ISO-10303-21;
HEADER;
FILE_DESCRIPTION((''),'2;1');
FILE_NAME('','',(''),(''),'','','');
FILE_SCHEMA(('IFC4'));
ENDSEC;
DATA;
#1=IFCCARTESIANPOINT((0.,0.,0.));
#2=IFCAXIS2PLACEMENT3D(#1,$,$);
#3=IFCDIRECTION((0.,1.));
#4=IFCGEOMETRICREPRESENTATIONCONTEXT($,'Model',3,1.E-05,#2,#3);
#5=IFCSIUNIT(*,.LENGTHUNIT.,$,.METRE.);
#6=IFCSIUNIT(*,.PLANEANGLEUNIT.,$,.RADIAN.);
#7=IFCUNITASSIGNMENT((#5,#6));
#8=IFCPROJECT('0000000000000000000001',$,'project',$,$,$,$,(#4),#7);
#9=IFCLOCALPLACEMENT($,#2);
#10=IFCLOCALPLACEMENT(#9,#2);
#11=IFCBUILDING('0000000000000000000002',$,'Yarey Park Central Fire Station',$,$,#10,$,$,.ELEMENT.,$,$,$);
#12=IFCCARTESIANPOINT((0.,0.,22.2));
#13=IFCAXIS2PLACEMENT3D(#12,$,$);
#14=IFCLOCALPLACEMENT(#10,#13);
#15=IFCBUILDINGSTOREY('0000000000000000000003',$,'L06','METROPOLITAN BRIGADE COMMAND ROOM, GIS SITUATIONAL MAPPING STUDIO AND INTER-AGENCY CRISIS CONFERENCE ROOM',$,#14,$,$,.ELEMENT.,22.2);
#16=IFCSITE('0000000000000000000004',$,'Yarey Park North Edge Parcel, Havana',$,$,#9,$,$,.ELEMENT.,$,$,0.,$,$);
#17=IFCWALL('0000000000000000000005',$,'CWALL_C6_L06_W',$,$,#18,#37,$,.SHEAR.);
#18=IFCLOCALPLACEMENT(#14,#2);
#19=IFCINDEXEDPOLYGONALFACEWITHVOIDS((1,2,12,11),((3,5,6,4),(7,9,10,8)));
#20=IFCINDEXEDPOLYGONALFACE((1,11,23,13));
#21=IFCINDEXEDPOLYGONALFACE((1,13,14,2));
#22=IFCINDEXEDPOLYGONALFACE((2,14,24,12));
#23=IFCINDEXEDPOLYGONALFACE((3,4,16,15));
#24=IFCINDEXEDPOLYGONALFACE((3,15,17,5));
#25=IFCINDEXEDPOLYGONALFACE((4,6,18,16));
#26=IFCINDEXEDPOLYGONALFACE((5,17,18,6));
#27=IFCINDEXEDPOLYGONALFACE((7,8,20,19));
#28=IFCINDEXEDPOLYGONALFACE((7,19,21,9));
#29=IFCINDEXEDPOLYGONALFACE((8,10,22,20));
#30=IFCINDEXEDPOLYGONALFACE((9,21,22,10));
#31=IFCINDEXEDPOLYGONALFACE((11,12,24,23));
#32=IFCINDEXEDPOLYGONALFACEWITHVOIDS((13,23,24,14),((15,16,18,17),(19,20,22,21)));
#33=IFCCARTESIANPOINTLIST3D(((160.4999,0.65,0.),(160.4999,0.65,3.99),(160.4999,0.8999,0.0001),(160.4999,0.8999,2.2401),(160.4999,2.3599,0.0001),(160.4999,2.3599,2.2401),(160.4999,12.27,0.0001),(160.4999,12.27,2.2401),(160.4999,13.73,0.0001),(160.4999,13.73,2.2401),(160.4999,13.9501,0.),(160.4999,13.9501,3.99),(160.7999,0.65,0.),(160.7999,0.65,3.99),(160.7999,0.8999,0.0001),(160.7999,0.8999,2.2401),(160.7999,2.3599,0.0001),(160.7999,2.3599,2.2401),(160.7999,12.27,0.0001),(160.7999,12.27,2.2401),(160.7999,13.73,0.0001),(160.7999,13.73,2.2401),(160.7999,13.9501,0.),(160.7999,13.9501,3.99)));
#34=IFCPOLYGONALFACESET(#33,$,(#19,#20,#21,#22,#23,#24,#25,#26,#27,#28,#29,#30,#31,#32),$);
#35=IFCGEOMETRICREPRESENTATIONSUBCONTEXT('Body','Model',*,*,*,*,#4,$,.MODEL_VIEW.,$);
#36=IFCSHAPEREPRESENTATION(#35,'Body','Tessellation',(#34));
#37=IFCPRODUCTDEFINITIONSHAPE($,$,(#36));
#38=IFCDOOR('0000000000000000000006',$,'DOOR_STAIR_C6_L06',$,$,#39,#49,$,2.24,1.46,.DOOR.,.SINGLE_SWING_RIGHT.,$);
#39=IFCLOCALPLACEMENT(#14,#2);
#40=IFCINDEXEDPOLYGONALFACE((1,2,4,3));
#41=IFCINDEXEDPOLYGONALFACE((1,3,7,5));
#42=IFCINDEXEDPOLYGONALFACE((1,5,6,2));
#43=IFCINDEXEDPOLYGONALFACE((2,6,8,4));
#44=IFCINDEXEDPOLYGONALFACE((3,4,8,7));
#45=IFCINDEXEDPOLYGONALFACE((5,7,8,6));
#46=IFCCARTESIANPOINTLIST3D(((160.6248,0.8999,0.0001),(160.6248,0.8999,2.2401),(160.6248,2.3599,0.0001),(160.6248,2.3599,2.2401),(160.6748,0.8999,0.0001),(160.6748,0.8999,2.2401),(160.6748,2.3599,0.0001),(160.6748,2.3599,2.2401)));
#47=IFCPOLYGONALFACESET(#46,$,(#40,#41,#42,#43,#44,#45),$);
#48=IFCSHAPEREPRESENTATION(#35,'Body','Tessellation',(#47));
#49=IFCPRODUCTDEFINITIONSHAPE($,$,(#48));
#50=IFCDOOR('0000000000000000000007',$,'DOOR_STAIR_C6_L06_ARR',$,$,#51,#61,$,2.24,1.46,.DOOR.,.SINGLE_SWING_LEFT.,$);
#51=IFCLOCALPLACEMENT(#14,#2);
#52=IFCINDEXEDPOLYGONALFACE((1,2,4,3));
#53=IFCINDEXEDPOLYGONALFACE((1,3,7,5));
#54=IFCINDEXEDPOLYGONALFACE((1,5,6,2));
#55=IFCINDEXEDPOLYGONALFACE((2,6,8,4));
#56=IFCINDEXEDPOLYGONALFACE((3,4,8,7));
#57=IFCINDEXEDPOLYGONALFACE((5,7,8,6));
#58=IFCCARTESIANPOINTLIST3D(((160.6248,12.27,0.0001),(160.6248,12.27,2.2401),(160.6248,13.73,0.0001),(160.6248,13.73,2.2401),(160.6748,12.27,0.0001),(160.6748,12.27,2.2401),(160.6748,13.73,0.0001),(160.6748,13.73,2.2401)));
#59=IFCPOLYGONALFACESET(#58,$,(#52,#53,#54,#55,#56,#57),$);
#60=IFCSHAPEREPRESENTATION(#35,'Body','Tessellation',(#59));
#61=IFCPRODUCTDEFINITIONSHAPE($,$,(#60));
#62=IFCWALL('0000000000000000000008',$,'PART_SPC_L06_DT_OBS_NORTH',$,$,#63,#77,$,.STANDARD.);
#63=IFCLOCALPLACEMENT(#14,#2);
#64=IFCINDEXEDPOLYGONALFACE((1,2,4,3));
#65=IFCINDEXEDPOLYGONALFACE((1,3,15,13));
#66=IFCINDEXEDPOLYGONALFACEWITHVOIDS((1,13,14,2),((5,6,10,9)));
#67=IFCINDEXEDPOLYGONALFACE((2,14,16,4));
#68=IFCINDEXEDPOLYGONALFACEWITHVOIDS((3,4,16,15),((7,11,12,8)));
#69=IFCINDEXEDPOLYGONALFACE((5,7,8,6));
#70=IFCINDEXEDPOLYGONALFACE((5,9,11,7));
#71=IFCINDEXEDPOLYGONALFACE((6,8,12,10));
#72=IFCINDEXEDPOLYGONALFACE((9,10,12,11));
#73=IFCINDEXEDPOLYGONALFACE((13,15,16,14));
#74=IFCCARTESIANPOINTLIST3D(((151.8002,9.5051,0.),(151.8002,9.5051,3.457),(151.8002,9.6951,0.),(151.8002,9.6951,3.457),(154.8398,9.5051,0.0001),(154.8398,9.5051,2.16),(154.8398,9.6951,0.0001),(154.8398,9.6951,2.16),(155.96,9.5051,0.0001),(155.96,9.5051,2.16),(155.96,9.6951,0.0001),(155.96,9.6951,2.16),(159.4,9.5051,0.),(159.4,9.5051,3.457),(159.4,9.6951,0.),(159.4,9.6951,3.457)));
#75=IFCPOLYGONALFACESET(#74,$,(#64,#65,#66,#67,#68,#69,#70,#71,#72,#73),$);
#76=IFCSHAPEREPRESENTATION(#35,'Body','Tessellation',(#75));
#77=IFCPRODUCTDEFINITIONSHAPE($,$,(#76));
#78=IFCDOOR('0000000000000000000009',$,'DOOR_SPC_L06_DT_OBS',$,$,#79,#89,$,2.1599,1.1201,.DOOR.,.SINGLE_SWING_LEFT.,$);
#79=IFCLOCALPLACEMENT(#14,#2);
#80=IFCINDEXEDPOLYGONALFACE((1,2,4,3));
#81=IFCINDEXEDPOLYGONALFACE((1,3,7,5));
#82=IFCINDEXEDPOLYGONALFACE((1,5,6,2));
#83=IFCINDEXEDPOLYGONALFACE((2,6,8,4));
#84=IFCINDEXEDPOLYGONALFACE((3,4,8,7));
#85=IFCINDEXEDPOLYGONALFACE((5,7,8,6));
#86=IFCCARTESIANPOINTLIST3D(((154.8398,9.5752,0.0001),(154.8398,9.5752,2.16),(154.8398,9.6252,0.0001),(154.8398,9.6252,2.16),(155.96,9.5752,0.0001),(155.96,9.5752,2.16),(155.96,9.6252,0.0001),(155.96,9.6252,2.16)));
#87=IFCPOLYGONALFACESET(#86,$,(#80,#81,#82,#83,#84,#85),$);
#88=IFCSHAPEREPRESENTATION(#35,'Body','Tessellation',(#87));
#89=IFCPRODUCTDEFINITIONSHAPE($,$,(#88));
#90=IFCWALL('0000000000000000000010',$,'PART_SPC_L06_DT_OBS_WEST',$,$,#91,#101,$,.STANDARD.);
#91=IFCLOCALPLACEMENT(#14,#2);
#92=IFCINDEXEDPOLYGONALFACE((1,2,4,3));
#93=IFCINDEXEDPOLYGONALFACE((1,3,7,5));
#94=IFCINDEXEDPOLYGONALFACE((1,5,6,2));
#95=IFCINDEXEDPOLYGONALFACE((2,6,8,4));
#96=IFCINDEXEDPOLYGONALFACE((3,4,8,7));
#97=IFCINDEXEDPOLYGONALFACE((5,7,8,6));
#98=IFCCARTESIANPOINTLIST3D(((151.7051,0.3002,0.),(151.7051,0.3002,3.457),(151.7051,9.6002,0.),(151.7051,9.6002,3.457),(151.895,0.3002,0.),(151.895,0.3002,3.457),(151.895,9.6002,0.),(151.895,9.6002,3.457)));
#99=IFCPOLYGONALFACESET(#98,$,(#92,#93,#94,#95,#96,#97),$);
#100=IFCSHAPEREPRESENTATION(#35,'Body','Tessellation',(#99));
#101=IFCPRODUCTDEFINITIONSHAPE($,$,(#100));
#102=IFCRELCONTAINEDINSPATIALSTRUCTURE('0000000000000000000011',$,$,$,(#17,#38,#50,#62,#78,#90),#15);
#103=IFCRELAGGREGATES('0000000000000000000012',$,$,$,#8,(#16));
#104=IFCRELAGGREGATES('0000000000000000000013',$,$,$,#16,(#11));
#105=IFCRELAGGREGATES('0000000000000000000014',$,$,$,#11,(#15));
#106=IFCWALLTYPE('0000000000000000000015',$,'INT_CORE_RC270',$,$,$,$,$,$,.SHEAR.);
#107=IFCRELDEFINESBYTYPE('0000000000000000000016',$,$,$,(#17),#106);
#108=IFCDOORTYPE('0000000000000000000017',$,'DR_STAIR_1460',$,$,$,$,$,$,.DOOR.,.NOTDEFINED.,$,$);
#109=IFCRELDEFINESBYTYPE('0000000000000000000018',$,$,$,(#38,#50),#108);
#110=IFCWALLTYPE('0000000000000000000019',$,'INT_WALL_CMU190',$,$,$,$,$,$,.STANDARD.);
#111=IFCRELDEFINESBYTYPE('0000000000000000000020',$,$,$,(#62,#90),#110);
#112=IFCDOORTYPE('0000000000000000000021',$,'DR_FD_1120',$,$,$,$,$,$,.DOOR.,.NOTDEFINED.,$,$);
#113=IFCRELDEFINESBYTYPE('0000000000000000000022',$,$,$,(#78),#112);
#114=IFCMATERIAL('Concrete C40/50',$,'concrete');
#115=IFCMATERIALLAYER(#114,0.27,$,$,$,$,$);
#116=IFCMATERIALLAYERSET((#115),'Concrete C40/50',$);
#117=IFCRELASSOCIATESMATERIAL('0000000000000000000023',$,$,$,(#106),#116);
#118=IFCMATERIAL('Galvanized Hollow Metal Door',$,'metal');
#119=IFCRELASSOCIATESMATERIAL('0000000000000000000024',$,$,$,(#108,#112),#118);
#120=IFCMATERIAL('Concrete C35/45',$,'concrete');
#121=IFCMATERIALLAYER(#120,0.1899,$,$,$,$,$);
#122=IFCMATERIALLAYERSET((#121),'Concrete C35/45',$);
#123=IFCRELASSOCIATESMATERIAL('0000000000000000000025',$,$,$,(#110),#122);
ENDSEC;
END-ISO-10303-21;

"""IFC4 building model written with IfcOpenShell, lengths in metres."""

from ifc_helpers import new_model, si_unit, direction, frame, frame_2d, origin, place, context, subcontext, project, spatial, rectangle, extrude, material, layer, layer_set, type_object, element, fill, save


model = new_model("IFC4")

# Units and contexts
model_context = context("Model", 3, precision=1e-05, world=origin(), true_north=direction((0.0, 1.0)))
body_context = subcontext(model_context, "Body", "Model", "MODEL_VIEW")
ifc_project = project(units=[si_unit("LENGTHUNIT", "METRE"), si_unit("PLANEANGLEUNIT", "RADIAN")], contexts=[model_context])

# Site, building, storey
site_placement = place(None, origin())
site = spatial("IfcSite", under=ifc_project, at=site_placement, Name="Yarey Park North Edge Parcel, Havana", CompositionType="ELEMENT", RefElevation=0.0)
building_placement = place(site_placement, origin())
building = spatial("IfcBuilding", under=site, at=building_placement, Name="Yarey Park Central Fire Station", CompositionType="ELEMENT")
storey_placement = place(building_placement, frame((0.0, 0.0, 22.2)))
storey = spatial("IfcBuildingStorey", under=building, at=storey_placement, Name="L06", Description="METROPOLITAN BRIGADE COMMAND ROOM, GIS SITUATIONAL MAPPING STUDIO AND INTER-AGENCY CRISIS CONFERENCE ROOM", CompositionType="ELEMENT", Elevation=22.2)

# Shared definitions
ifc_material_1 = material(Name="Concrete C40/50", Category="concrete")

# Shared definitions
ifc_material_2 = material(Name="Galvanized Hollow Metal Door", Category="metal")

# Shared definitions
ifc_layer_1 = layer(ifc_material_1, 0.27)
ifc_layer_set_1 = layer_set([ifc_layer_1], Name="Concrete C40/50")
wall_type_1 = type_object("IfcWallType", Name="INT_CORE_RC270", PredefinedType="SHEAR", material=ifc_layer_set_1)

# Wall, openings, doors
wall_1_placement = place(storey_placement, frame((160.6499, 13.95, 0.0), z_axis=(0.0, 0.0, 1.0), x_axis=(0.0, -1.0, 0.0)))
wall_1 = element("IfcWall", 1, at=wall_1_placement, inside=storey, type_object=wall_type_1, Name="CWALL_C6_L06_W", PredefinedType="SHEAR", context=body_context, shape_type="SweptSolid", body=[
    extrude(rectangle(XDim=13.3, YDim=0.3, at=frame_2d((6.6499, 0.0))), origin(), (0.0, 0.0, 1.0), 3.99),
])
opening_1_placement = place(wall_1_placement, frame((11.5901, 0.0, 0.0)))
opening_1 = element("IfcOpeningElement", 2, at=opening_1_placement, cuts=wall_1, PredefinedType="OPENING", context=body_context, shape_type="SweptSolid", body=[
    extrude(rectangle(XDim=1.46, YDim=2.24, at=frame_2d((0.73, 1.1201))), frame((0.0, 0.1599, 0.0), z_axis=(0.0, -1.0, 0.0), x_axis=(1.0, 0.0, 0.0)), (0.0, 0.0, 1.0), 0.3201),
])
opening_2_placement = place(wall_1_placement, frame((0.22, 0.0, 0.0)))
opening_2 = element("IfcOpeningElement", 3, at=opening_2_placement, cuts=wall_1, PredefinedType="OPENING", context=body_context, shape_type="SweptSolid", body=[
    extrude(rectangle(XDim=1.46, YDim=2.24, at=frame_2d((0.73, 1.1201))), frame((0.0, 0.1599, 0.0), z_axis=(0.0, -1.0, 0.0), x_axis=(1.0, 0.0, 0.0)), (0.0, 0.0, 1.0), 0.3201),
])
door_type_1 = type_object("IfcDoorType", Name="DR_STAIR_1460", OperationType="NOTDEFINED", PredefinedType="DOOR", material=ifc_material_2)
door_1_placement = place(opening_1_placement, origin())
door_1 = element("IfcDoor", 4, at=door_1_placement, inside=storey, type_object=door_type_1, Name="DOOR_STAIR_C6_L06", OperationType="SINGLE_SWING_RIGHT", OverallHeight=2.24, OverallWidth=1.46, PredefinedType="DOOR", context=body_context, shape_type="SweptSolid", body=[
    extrude(rectangle(XDim=1.46, YDim=2.24, at=frame_2d((0.73, 1.1201))), frame((0.0, 0.0249, 0.0), z_axis=(0.0, -1.0, 0.0), x_axis=(1.0, 0.0, 0.0)), (0.0, 0.0, 1.0), 0.05),
])
fill(opening_1, door_1)
door_2_placement = place(opening_2_placement, origin())
door_2 = element("IfcDoor", 5, at=door_2_placement, inside=storey, type_object=door_type_1, Name="DOOR_STAIR_C6_L06_ARR", OperationType="SINGLE_SWING_LEFT", OverallHeight=2.24, OverallWidth=1.46, PredefinedType="DOOR", context=body_context, shape_type="SweptSolid", body=[
    extrude(rectangle(XDim=1.46, YDim=2.24, at=frame_2d((0.73, 1.1201))), frame((0.0, 0.0249, 0.0), z_axis=(0.0, -1.0, 0.0), x_axis=(1.0, 0.0, 0.0)), (0.0, 0.0, 1.0), 0.05),
])
fill(opening_2, door_2)

# Wall, opening, door
ifc_material_3 = material(Name="Concrete C35/45", Category="concrete")
ifc_layer_2 = layer(ifc_material_3, 0.1899)
ifc_layer_set_2 = layer_set([ifc_layer_2], Name="Concrete C35/45")
wall_type_2 = type_object("IfcWallType", Name="INT_WALL_CMU190", PredefinedType="STANDARD", material=ifc_layer_set_2)
wall_2_placement = place(storey_placement, frame((159.3999, 9.6001, 0.0), z_axis=(0.0, 0.0, 1.0), x_axis=(-1.0, 0.0, 0.0)))
wall_2 = element("IfcWall", 6, at=wall_2_placement, inside=storey, type_object=wall_type_2, Name="PART_SPC_L06_DT_OBS_NORTH", PredefinedType="STANDARD", context=body_context, shape_type="SweptSolid", body=[
    extrude(rectangle(XDim=7.5999, YDim=0.1899, at=frame_2d((3.7998, 0.0))), origin(), (0.0, 0.0, 1.0), 3.457),
])
opening_3_placement = place(wall_2_placement, frame((3.4399, 0.0, 0.0)))
opening_3 = element("IfcOpeningElement", 7, at=opening_3_placement, cuts=wall_2, PredefinedType="OPENING", context=body_context, shape_type="SweptSolid", body=[
    extrude(rectangle(XDim=1.1201, YDim=2.1599, at=frame_2d((0.5601, 1.0801))), frame((0.0, 0.105, 0.0), z_axis=(0.0, -1.0, 0.0), x_axis=(1.0, 0.0, 0.0)), (0.0, 0.0, 1.0), 0.21),
])
door_type_2 = type_object("IfcDoorType", Name="DR_FD_1120", OperationType="NOTDEFINED", PredefinedType="DOOR", material=ifc_material_2)
door_3_placement = place(opening_3_placement, origin())
door_3 = element("IfcDoor", 8, at=door_3_placement, inside=storey, type_object=door_type_2, Name="DOOR_SPC_L06_DT_OBS", OperationType="SINGLE_SWING_LEFT", OverallHeight=2.1599, OverallWidth=1.1201, PredefinedType="DOOR", context=body_context, shape_type="SweptSolid", body=[
    extrude(rectangle(XDim=1.1201, YDim=2.1599, at=frame_2d((0.5601, 1.0801))), frame((0.0, 0.0249, 0.0), z_axis=(0.0, -1.0, 0.0), x_axis=(1.0, 0.0, 0.0)), (0.0, 0.0, 1.0), 0.05),
])
fill(opening_3, door_3)

# Wall
wall_3_placement = place(storey_placement, frame((151.8, 9.6001, 0.0), z_axis=(0.0, 0.0, 1.0), x_axis=(0.0, -1.0, 0.0)))
element("IfcWall", 9, at=wall_3_placement, inside=storey, type_object=wall_type_2, Name="PART_SPC_L06_DT_OBS_WEST", PredefinedType="STANDARD", context=body_context, shape_type="SweptSolid", body=[
    extrude(rectangle(XDim=9.3, YDim=0.1899, at=frame_2d((4.6499, 0.0))), origin(), (0.0, 0.0, 1.0), 3.457),
])

save(model, "model.ifc")
